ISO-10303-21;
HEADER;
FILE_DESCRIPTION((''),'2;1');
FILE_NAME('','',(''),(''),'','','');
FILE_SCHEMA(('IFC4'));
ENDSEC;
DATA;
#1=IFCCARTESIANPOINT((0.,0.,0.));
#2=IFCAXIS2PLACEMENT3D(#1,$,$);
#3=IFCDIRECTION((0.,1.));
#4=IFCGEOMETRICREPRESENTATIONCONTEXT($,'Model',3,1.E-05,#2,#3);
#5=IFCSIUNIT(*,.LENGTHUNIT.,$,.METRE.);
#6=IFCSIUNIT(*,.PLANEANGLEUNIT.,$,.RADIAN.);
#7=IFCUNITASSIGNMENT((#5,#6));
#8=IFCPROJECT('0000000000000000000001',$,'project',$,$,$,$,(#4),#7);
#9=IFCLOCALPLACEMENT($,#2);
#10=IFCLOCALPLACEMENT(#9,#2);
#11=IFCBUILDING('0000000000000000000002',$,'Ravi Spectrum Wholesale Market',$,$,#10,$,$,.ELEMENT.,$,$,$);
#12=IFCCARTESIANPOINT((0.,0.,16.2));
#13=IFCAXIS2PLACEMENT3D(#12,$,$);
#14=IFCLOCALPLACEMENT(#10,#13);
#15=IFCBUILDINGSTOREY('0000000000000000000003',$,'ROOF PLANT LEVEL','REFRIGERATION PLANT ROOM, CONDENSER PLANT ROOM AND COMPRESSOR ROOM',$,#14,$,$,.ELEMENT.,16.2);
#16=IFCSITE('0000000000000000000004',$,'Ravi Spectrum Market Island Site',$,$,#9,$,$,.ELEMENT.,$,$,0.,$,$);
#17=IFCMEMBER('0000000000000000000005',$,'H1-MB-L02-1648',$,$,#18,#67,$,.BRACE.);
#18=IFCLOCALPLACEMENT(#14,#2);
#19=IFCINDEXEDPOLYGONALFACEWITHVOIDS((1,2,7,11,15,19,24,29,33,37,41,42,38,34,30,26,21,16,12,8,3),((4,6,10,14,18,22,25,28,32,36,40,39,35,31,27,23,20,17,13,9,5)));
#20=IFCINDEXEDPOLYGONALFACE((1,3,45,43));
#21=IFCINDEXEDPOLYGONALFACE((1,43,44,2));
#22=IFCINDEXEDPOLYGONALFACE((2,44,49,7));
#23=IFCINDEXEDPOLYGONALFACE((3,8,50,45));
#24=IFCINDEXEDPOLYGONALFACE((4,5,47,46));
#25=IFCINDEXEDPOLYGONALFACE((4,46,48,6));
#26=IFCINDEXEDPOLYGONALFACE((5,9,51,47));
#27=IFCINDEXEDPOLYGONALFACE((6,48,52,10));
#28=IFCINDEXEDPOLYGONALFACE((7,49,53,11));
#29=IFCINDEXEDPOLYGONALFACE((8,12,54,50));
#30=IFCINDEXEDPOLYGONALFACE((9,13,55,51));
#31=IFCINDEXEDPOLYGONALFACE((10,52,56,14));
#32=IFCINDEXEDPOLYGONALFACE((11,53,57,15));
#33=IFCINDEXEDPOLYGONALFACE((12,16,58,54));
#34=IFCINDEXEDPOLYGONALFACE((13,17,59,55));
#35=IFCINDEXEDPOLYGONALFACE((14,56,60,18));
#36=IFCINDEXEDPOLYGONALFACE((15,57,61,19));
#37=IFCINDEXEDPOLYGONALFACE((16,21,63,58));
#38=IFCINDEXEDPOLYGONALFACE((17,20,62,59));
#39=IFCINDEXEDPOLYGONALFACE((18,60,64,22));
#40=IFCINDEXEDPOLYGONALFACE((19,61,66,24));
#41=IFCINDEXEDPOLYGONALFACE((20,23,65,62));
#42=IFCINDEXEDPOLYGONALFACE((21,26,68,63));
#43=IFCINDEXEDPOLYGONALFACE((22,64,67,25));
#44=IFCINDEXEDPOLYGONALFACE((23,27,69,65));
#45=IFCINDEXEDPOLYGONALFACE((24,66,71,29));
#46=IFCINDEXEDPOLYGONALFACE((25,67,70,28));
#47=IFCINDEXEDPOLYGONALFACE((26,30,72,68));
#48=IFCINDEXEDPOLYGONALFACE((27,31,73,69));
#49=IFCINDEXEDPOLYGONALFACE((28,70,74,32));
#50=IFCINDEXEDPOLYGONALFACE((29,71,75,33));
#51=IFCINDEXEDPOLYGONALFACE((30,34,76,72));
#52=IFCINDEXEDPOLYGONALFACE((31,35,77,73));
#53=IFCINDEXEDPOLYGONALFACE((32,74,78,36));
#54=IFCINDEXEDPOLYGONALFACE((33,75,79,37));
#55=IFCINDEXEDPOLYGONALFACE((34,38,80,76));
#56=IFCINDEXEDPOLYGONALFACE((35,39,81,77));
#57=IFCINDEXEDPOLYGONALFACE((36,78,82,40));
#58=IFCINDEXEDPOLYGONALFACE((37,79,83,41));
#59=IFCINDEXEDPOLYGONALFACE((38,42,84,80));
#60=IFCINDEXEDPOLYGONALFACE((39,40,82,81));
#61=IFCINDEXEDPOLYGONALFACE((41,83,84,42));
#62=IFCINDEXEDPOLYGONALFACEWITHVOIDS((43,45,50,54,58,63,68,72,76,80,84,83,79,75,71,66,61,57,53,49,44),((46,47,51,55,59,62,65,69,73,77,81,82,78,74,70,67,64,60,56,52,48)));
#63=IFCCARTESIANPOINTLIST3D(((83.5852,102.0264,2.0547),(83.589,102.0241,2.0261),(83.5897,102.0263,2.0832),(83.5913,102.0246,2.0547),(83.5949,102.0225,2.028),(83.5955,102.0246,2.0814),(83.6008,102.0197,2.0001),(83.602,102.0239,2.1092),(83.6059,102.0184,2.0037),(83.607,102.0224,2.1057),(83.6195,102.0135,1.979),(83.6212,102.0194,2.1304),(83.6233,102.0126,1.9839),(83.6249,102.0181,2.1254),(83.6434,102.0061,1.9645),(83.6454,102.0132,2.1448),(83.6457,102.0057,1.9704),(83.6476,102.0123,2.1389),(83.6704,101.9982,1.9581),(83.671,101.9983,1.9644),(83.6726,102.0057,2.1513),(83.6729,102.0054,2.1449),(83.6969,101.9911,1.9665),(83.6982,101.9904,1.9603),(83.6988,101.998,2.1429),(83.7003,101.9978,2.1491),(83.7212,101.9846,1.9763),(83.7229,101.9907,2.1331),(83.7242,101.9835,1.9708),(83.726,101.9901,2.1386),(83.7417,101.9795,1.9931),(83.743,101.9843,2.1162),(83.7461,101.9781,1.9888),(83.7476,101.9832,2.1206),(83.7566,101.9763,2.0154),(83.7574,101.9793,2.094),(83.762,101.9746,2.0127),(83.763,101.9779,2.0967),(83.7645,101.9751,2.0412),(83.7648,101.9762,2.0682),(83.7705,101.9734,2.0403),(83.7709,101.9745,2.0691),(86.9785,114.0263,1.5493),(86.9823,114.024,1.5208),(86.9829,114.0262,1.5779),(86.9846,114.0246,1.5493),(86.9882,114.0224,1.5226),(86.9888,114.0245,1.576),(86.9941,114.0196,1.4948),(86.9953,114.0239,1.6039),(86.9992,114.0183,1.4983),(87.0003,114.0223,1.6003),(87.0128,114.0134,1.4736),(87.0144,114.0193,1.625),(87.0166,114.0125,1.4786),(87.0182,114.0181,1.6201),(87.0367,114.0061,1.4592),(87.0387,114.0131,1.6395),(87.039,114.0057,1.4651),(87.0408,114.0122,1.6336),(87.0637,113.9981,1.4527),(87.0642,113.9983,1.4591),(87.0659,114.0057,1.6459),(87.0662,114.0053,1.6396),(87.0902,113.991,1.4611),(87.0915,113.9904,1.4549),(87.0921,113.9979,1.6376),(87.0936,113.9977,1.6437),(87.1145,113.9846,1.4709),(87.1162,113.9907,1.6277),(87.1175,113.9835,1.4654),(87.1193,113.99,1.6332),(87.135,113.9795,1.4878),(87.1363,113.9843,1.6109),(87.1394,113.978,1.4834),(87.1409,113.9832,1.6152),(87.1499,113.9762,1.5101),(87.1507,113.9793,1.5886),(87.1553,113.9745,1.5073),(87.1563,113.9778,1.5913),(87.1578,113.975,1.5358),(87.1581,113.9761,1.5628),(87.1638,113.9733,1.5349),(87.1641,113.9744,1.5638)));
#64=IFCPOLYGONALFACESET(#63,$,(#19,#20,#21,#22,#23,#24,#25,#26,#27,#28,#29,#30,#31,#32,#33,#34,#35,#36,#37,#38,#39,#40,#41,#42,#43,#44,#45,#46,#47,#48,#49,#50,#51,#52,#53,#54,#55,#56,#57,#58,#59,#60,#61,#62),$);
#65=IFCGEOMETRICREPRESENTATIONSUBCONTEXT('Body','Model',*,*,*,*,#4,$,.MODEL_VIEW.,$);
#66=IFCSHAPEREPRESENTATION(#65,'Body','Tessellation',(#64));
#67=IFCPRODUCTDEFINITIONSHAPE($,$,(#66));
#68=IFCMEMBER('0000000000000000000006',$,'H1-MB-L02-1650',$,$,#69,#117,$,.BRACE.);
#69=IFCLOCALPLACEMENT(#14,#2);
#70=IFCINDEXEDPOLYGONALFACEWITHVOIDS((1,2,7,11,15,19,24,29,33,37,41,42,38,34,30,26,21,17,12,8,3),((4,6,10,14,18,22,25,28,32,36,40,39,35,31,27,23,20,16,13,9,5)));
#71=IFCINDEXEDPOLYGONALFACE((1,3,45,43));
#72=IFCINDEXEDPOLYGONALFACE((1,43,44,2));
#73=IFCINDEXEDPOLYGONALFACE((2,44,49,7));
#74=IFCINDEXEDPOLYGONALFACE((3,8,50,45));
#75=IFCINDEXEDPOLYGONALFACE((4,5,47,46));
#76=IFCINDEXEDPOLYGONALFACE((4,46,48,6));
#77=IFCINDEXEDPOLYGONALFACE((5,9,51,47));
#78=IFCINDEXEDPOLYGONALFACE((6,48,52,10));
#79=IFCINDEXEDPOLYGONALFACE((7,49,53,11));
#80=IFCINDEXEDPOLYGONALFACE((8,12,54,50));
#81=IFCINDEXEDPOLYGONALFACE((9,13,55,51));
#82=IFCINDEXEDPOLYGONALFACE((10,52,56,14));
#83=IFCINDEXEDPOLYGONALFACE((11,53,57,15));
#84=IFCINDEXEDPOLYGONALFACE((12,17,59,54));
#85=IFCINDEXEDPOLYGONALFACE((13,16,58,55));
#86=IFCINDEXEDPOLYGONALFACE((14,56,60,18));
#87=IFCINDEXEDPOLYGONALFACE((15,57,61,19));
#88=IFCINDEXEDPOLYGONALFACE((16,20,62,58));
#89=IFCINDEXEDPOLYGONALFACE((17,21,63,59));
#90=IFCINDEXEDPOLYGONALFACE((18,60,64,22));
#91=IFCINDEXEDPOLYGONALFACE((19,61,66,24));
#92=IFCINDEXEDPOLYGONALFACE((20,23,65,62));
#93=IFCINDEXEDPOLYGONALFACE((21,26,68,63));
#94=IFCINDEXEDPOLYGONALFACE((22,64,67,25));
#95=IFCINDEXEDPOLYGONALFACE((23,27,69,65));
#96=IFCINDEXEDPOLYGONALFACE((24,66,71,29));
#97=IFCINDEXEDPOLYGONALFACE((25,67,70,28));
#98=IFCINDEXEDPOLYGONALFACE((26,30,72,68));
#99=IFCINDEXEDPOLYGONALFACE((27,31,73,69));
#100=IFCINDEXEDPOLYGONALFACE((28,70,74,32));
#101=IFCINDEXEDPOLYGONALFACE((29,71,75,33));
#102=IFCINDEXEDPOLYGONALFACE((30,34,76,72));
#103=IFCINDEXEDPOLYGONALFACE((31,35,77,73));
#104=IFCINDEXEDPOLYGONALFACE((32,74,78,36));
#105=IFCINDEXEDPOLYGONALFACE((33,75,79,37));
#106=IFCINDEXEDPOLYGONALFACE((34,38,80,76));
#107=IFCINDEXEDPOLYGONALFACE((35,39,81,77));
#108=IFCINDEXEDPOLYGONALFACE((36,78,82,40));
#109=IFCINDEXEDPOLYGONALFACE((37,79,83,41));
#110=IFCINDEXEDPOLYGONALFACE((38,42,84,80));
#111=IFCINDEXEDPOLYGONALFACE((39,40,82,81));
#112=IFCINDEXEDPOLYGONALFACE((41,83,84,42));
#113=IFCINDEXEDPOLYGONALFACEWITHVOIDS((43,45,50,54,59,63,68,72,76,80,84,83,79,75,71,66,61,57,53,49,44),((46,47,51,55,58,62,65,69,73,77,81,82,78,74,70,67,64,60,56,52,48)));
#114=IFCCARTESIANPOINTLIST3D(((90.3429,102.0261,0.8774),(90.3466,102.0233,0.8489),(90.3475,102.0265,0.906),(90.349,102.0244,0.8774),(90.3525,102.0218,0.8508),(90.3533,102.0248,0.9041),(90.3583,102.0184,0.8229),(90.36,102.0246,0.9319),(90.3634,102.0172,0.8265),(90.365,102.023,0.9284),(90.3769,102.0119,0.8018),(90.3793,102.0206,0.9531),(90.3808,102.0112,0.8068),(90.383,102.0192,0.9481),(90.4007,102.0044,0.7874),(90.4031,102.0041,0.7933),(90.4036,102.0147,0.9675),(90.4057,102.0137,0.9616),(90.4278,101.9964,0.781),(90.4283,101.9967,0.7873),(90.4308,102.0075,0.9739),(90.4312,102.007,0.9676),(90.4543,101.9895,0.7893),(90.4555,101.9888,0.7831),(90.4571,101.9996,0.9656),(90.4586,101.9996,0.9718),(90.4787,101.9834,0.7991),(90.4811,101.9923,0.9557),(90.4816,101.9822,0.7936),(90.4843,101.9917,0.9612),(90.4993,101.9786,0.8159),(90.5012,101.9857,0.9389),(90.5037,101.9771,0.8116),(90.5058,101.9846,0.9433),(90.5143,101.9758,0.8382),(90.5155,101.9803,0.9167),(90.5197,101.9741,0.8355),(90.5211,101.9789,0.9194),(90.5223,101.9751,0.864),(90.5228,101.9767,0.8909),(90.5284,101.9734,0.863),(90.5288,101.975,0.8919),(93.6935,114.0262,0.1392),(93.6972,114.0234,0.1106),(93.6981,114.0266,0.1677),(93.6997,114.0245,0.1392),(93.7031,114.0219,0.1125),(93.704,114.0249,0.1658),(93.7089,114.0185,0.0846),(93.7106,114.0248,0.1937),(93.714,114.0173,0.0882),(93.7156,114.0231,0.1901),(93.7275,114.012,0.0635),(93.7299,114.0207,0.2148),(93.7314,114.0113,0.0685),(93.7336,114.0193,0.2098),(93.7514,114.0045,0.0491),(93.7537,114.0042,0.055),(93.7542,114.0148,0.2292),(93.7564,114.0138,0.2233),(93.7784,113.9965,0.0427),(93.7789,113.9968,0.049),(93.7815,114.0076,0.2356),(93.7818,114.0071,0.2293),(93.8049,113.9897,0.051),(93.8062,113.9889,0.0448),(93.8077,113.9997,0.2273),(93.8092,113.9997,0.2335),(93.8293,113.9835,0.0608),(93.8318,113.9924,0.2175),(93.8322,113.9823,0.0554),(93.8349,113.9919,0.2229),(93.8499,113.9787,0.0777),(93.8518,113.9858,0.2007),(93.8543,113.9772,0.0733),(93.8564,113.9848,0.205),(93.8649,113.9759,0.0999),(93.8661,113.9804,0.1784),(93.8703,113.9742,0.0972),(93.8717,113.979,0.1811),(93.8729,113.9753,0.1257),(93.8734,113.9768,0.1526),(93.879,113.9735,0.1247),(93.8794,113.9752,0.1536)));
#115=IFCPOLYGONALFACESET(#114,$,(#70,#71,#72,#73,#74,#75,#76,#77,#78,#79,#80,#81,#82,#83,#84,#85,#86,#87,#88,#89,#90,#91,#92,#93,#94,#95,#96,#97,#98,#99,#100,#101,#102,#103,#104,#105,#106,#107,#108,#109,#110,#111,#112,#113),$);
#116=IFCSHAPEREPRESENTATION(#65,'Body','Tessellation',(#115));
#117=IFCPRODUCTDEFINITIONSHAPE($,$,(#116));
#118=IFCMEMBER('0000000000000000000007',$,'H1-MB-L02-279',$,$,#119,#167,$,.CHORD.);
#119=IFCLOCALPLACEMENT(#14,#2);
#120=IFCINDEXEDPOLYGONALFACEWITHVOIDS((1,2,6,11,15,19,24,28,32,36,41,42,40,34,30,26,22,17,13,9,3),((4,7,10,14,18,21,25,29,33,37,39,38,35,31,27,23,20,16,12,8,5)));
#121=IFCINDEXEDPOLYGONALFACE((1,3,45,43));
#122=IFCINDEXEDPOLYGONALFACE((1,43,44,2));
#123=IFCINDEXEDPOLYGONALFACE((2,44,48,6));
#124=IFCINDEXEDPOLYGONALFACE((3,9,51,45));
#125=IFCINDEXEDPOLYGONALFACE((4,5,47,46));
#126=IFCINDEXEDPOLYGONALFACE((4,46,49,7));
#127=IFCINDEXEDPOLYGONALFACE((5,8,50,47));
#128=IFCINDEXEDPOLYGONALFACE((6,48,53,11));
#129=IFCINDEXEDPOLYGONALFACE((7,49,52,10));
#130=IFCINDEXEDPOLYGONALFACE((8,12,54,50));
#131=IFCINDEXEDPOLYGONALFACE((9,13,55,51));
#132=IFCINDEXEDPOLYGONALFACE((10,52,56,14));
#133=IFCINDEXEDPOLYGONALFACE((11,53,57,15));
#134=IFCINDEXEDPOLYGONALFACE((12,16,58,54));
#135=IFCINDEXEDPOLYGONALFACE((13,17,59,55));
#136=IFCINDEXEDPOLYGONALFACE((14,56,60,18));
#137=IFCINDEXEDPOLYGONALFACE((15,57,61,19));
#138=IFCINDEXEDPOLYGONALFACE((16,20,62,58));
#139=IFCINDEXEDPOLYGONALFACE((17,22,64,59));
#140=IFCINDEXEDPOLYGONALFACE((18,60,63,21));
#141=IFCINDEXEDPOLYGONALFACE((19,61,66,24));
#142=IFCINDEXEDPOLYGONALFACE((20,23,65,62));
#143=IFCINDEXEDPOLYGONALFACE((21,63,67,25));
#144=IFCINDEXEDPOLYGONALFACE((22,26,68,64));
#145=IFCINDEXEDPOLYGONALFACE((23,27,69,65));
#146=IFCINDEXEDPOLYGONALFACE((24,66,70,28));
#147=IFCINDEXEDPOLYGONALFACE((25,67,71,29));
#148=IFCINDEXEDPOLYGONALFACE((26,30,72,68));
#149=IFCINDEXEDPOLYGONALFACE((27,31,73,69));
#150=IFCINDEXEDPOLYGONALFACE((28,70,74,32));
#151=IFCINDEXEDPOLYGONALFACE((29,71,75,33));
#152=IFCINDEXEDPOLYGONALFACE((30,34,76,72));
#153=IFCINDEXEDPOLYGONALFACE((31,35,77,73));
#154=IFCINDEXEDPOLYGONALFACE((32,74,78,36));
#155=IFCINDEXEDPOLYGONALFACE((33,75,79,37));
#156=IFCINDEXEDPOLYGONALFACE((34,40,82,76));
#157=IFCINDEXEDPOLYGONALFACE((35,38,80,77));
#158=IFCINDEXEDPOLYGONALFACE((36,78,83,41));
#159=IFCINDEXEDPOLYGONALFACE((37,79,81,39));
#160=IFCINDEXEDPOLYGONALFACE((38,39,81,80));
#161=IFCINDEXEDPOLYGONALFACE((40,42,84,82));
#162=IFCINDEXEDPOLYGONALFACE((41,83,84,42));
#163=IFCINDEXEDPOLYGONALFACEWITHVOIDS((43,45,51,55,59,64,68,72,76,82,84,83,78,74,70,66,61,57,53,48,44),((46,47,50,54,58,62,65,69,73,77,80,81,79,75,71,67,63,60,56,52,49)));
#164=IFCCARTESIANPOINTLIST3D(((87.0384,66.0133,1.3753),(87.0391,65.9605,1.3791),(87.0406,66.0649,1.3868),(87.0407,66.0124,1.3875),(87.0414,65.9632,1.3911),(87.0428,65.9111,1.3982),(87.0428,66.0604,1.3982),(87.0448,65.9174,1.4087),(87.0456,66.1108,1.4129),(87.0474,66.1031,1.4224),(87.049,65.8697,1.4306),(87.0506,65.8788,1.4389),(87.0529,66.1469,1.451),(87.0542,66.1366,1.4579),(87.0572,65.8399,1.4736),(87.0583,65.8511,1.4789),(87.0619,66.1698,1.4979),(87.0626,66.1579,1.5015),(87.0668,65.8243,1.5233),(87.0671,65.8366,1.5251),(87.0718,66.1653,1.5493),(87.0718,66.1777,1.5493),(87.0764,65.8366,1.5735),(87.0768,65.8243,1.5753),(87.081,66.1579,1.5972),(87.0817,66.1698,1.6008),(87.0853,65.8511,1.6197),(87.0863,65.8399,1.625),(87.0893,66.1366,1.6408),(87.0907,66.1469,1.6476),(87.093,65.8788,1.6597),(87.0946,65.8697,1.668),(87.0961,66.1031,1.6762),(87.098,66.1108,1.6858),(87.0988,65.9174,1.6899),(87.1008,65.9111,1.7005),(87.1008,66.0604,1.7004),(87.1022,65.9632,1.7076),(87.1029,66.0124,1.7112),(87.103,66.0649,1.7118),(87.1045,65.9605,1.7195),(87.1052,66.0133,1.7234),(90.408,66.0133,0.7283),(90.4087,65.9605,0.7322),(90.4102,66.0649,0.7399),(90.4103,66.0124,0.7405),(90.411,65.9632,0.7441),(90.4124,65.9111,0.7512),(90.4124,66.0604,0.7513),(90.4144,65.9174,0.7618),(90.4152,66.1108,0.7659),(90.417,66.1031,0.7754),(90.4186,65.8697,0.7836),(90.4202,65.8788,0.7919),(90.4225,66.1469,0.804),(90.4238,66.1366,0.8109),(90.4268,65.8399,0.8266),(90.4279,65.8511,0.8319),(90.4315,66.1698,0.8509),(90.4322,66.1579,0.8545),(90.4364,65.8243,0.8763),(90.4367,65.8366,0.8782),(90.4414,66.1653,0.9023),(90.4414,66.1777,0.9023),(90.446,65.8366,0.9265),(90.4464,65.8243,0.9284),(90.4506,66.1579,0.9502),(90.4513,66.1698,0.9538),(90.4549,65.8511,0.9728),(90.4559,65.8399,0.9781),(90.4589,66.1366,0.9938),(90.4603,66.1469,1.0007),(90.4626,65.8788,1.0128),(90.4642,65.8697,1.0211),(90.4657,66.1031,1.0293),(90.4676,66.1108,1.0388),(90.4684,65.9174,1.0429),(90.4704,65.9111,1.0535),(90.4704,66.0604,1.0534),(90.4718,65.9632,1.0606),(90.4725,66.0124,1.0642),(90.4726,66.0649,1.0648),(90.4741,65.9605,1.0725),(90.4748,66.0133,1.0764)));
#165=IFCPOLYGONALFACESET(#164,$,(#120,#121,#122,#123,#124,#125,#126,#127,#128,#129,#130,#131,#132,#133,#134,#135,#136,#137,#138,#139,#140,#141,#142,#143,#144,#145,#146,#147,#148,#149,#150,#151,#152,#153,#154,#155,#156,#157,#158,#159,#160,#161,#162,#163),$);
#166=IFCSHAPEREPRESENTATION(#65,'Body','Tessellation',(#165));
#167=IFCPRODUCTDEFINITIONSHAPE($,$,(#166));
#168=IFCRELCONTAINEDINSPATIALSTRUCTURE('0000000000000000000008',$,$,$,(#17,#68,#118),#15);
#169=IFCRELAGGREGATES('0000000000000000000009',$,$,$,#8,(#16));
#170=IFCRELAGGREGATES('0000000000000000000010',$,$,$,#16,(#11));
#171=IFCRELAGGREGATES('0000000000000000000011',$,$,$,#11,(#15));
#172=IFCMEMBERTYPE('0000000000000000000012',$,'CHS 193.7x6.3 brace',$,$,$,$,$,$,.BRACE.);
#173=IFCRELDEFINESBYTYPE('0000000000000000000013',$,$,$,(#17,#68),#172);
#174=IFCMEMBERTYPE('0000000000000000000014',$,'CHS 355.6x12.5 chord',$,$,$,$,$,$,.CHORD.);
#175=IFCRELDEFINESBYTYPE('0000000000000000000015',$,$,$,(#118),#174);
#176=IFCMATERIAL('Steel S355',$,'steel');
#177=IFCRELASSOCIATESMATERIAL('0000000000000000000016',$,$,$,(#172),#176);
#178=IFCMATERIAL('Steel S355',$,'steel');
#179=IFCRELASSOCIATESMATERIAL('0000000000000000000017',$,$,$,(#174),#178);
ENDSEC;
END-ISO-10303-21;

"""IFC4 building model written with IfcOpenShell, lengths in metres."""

from ifc_helpers import new_model, si_unit, direction, frame, origin, origin_2d, place, context, subcontext, project, spatial, hollow_circle, extrude, material, material_profile, profile_set, type_object, element, save


model = new_model("IFC4")

# Units and contexts
model_context = context("Model", 3, precision=1e-05, world=origin(), true_north=direction((0.0, 1.0)))
body_context = subcontext(model_context, "Body", "Model", "MODEL_VIEW")
ifc_project = project(units=[si_unit("LENGTHUNIT", "METRE"), si_unit("PLANEANGLEUNIT", "RADIAN")], contexts=[model_context])

# Site, building, storey
site_placement = place(None, origin())
site = spatial("IfcSite", under=ifc_project, at=site_placement, Name="Ravi Spectrum Market Island Site", CompositionType="ELEMENT", RefElevation=0.0)
building_placement = place(site_placement, origin())
building = spatial("IfcBuilding", under=site, at=building_placement, Name="Ravi Spectrum Wholesale Market", CompositionType="ELEMENT")
storey_placement = place(building_placement, frame((0.0, 0.0, 16.2)))
storey = spatial("IfcBuildingStorey", under=building, at=storey_placement, Name="ROOF PLANT LEVEL", Description="REFRIGERATION PLANT ROOM, CONDENSER PLANT ROOM AND COMPRESSOR ROOM", CompositionType="ELEMENT", Elevation=16.2)

# Members
ifc_material_1 = material(Name="Steel S355", Category="steel")
ifc_material_profile_1 = material_profile(ifc_material_1, hollow_circle(Radius=0.0969, WallThickness=0.0063, at=origin_2d()))
ifc_profile_set_1 = profile_set([ifc_material_profile_1], Name="Steel S355")
member_type_1 = type_object("IfcMemberType", Name="CHS 193.7x6.3 brace", PredefinedType="BRACE", material=ifc_profile_set_1)
member_1_placement = place(storey_placement, frame((83.6785, 102.0, 2.0547), z_axis=(0.271883, 0.961478, -0.040492), x_axis=(-0.962267, 0.272106, 0.0)))
element("IfcMember", 1, at=member_1_placement, inside=storey, type_object=member_type_1, Name="H1-MB-L02-1648", PredefinedType="BRACE", context=body_context, shape_type="SweptSolid", body=[
    extrude(hollow_circle(Radius=0.0969, WallThickness=0.0063, at=origin_2d()), origin(), (0.0, 0.0, 1.0), 12.4807),
])
member_2_placement = place(storey_placement, frame((90.4363, 102.0, 0.8774), z_axis=(0.268458, 0.961473, -0.059153), x_axis=(-0.96316, 0.268929, 0.0)))
element("IfcMember", 2, at=member_2_placement, inside=storey, type_object=member_type_1, Name="H1-MB-L02-1650", PredefinedType="BRACE", context=body_context, shape_type="SweptSolid", body=[
    extrude(hollow_circle(Radius=0.0969, WallThickness=0.0063, at=origin_2d()), origin(), (0.0, 0.0, 1.0), 12.481),
])
ifc_material_2 = material(Name="Steel S355", Category="steel")
ifc_material_profile_2 = material_profile(ifc_material_2, hollow_circle(Radius=0.1777, WallThickness=0.0125, at=origin_2d()))
ifc_profile_set_2 = profile_set([ifc_material_profile_2], Name="Steel S355")
member_type_2 = type_object("IfcMemberType", Name="CHS 355.6x12.5 chord", PredefinedType="CHORD", material=ifc_profile_set_2)
member_3_placement = place(storey_placement, frame((87.0718, 66.0, 1.5493), z_axis=(0.982062, 0.0, -0.188557), x_axis=(0.0, 1.0, 0.0)))
element("IfcMember", 3, at=member_3_placement, inside=storey, type_object=member_type_2, Name="H1-MB-L02-279", PredefinedType="CHORD", context=body_context, shape_type="SweptSolid", body=[
    extrude(hollow_circle(Radius=0.1777, WallThickness=0.0125, at=origin_2d()), origin(), (0.0, 0.0, 1.0), 3.4312),
])

save(model, "model.ifc")
